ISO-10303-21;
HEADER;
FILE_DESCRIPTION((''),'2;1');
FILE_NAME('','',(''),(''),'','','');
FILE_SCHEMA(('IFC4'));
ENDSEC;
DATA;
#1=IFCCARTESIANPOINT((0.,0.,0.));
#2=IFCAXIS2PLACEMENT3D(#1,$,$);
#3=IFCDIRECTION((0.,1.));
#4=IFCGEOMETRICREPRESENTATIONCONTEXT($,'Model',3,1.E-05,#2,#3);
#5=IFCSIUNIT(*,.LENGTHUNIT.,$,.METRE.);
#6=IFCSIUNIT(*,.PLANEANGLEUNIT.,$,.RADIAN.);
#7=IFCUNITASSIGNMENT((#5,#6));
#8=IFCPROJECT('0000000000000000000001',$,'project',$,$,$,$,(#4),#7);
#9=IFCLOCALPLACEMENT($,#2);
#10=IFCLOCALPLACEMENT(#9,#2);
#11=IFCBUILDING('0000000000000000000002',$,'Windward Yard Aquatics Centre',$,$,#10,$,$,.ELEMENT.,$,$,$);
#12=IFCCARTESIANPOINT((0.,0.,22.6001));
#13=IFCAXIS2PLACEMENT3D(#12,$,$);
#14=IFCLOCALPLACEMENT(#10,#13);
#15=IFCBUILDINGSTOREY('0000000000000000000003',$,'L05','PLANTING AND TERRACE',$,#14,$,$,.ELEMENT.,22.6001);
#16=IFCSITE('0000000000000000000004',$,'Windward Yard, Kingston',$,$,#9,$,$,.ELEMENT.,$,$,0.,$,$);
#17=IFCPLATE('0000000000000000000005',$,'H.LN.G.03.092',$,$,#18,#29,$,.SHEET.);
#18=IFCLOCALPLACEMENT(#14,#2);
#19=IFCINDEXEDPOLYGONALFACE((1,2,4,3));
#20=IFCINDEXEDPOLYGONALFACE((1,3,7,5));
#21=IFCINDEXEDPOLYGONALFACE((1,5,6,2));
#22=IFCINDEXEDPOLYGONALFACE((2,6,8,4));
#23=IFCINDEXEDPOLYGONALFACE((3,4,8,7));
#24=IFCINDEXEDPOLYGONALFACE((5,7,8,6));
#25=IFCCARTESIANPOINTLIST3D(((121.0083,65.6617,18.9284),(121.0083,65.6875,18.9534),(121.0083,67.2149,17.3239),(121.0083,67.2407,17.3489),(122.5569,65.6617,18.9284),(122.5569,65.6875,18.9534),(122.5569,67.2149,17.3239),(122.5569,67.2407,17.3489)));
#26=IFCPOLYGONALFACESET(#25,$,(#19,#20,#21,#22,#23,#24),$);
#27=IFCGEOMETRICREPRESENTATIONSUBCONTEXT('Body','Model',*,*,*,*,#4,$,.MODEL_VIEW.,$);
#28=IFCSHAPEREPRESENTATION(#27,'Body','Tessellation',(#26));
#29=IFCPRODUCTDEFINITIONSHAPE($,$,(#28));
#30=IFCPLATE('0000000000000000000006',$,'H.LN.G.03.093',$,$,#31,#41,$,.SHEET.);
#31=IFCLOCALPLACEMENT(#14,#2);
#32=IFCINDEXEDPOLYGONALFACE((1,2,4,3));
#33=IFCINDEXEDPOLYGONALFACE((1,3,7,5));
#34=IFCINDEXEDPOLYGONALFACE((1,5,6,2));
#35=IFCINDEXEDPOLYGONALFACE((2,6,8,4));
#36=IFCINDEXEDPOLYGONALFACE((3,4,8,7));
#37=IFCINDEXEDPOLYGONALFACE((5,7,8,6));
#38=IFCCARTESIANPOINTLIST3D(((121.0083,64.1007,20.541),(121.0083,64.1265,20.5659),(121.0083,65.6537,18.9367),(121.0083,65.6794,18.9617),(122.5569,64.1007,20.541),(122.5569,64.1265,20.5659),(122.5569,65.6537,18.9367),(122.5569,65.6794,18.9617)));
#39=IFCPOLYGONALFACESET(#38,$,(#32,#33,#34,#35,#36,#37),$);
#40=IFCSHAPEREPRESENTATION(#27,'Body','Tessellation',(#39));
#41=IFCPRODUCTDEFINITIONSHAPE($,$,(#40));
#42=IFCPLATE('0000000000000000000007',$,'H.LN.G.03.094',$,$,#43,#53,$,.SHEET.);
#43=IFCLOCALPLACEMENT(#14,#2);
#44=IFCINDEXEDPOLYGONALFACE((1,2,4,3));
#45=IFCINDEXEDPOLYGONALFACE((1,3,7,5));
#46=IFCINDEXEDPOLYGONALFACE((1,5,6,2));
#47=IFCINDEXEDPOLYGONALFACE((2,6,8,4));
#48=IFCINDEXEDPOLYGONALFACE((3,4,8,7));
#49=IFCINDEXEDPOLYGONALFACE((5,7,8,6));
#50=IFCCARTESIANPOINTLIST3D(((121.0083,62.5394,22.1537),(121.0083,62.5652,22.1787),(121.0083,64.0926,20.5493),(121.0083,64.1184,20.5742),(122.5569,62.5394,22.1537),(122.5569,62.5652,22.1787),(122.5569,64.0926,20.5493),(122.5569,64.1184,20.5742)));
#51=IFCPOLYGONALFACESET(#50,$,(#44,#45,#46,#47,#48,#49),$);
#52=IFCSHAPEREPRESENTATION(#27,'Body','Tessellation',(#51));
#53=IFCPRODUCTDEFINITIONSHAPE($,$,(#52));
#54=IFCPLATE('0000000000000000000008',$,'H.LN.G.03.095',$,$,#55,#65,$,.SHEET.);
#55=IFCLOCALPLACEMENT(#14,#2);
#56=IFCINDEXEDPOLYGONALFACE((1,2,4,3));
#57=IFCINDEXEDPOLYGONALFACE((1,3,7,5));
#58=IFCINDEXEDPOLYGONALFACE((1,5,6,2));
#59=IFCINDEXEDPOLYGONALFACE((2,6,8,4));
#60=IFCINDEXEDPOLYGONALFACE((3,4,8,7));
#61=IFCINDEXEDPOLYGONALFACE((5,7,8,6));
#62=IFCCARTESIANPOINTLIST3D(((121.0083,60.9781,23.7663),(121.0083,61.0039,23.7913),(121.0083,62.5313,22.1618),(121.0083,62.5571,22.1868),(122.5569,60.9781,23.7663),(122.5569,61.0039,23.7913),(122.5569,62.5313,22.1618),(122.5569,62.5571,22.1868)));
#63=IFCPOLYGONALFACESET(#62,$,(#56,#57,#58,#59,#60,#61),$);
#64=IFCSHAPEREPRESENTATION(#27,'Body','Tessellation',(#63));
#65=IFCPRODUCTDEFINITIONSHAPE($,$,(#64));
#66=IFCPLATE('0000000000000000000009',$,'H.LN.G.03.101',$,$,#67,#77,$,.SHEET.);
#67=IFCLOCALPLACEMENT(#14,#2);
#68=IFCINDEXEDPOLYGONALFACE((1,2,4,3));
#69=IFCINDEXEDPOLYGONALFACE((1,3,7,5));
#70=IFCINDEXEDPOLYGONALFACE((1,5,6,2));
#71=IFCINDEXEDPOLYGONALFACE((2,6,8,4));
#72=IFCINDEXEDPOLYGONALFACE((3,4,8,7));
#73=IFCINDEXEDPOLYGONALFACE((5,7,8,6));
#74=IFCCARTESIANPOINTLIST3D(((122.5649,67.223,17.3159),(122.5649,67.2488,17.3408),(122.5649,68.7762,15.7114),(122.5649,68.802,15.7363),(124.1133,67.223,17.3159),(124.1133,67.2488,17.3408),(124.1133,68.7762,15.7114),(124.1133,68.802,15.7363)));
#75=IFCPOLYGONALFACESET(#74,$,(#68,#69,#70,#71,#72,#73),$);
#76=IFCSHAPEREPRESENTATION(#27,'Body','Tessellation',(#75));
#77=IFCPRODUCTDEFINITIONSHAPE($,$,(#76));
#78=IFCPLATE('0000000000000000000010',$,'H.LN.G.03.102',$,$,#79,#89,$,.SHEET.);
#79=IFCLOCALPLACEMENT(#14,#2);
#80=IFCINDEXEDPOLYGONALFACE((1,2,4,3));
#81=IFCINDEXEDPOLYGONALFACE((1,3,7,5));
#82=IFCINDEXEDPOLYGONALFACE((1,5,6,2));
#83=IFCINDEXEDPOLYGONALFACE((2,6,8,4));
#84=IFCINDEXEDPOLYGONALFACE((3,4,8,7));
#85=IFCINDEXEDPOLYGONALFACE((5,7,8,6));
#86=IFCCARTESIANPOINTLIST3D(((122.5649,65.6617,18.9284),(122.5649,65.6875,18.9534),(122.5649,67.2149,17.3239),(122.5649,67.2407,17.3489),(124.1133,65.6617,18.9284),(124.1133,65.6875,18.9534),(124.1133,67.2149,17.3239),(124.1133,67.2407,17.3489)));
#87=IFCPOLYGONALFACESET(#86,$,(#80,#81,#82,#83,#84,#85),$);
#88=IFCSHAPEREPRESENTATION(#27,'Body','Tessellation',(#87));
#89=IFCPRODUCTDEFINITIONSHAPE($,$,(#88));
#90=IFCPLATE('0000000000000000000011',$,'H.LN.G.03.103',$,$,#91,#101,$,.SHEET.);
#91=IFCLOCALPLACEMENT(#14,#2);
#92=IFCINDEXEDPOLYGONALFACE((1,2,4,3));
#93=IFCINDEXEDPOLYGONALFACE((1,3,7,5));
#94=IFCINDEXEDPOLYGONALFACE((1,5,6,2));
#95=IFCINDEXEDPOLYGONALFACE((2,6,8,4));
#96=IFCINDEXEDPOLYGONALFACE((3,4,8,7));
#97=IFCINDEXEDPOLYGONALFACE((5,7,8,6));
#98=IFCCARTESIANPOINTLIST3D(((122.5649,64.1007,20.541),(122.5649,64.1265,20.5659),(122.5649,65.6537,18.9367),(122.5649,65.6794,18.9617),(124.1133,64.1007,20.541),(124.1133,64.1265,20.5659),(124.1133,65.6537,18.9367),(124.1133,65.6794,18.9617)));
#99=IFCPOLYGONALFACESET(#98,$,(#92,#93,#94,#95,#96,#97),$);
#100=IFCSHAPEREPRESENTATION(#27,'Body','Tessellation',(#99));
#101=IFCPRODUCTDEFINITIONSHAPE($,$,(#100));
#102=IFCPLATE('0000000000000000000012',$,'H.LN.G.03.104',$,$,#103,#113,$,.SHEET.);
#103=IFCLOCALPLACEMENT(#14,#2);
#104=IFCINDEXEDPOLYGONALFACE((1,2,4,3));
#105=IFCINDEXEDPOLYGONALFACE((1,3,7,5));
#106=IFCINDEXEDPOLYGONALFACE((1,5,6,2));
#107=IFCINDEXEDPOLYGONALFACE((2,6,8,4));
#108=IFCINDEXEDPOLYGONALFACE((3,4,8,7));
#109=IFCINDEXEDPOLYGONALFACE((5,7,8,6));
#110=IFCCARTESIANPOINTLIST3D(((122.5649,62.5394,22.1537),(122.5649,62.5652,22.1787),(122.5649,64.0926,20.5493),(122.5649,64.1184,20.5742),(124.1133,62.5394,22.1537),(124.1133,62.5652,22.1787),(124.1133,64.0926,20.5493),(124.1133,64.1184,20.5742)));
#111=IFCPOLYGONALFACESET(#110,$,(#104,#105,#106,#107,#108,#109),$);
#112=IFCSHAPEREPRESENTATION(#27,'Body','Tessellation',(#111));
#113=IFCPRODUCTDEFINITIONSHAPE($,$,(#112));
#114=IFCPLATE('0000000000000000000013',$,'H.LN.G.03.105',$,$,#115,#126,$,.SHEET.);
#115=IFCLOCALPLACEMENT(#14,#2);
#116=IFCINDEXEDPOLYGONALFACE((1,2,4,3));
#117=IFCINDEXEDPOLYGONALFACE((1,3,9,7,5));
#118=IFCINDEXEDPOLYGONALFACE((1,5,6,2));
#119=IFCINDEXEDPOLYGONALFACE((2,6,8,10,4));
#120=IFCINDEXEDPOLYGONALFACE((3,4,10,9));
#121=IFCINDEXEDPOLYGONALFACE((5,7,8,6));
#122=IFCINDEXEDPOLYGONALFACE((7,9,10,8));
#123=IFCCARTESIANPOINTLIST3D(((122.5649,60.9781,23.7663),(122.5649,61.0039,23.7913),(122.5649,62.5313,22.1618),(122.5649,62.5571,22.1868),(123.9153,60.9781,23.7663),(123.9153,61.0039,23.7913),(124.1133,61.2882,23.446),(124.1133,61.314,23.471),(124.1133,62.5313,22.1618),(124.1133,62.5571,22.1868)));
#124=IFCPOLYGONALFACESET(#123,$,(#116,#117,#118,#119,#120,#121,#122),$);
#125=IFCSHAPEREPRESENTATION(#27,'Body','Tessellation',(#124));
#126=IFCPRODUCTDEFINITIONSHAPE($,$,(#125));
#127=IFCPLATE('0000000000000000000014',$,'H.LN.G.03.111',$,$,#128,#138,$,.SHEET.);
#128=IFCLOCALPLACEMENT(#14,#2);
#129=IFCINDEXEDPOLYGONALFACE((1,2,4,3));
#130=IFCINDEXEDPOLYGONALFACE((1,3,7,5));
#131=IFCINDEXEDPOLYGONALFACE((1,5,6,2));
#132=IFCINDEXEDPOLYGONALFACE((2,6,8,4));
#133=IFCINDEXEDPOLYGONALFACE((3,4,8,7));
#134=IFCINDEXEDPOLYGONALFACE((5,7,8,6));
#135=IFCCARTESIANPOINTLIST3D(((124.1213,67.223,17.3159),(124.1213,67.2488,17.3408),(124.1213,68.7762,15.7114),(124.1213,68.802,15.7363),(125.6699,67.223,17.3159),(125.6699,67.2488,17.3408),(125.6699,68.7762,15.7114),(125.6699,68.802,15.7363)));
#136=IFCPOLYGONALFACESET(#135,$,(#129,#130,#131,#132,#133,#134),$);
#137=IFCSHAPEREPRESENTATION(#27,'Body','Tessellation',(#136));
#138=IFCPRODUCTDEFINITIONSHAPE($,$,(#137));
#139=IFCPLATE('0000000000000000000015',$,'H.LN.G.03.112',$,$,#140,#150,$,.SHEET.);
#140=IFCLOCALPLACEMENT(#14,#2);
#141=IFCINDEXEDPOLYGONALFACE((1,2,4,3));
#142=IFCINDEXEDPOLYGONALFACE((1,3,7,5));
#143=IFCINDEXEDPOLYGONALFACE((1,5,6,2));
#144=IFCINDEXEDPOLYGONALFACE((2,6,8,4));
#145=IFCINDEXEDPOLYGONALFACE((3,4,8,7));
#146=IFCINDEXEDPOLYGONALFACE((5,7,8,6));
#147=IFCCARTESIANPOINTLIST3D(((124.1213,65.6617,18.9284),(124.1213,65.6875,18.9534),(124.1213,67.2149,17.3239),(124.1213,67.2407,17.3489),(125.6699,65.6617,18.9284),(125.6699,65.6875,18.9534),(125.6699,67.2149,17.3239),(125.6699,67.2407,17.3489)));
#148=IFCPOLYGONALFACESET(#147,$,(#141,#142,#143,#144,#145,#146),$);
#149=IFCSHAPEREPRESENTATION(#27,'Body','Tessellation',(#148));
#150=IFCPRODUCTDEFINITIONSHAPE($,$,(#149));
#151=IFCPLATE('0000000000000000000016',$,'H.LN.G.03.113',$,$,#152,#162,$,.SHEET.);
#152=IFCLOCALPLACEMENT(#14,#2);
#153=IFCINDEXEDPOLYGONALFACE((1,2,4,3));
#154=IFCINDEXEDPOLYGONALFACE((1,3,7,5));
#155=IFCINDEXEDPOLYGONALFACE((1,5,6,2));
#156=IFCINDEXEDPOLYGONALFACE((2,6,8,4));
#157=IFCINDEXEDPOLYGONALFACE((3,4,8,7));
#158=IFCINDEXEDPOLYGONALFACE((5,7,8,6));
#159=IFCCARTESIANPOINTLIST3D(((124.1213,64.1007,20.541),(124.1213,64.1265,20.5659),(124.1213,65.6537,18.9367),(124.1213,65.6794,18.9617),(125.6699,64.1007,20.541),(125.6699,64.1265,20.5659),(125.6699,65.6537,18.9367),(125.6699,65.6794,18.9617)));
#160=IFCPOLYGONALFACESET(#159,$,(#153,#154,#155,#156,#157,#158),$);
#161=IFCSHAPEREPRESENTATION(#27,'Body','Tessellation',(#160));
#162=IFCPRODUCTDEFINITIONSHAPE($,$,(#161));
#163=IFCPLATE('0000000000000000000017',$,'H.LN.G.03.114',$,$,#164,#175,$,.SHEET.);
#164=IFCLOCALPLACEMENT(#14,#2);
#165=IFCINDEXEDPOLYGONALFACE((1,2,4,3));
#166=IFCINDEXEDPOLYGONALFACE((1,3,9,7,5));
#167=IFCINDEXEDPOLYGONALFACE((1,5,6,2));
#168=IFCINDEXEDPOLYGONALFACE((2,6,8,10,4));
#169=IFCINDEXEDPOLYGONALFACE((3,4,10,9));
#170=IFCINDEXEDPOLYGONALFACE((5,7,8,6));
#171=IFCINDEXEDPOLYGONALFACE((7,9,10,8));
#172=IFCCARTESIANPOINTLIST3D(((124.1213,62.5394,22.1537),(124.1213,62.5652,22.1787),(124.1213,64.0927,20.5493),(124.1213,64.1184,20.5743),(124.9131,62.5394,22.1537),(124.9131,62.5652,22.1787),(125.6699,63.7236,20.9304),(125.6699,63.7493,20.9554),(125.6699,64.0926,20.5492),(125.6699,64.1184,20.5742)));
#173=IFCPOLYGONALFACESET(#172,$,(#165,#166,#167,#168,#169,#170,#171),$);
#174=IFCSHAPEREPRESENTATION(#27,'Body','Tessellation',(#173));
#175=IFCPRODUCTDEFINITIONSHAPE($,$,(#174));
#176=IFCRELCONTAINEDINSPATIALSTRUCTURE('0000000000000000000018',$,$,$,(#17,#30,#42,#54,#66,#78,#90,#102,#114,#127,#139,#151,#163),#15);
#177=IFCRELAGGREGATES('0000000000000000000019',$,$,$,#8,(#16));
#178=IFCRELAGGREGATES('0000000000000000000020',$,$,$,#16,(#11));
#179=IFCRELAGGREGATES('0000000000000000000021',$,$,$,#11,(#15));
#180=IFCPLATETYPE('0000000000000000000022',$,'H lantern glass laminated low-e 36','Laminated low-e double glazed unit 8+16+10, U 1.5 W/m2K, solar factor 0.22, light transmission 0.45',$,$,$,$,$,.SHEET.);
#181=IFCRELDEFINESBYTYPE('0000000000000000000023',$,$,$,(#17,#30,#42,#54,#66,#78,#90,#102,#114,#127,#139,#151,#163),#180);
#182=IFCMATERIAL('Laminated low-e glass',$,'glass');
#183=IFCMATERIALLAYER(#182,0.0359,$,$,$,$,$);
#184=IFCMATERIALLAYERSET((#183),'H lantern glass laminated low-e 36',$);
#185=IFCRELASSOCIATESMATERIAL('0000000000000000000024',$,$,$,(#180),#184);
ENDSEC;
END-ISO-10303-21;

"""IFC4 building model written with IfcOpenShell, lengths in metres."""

from ifc_helpers import new_model, si_unit, direction, frame, origin, place, context, subcontext, project, spatial, polyline, outline, extrude, material, layer, layer_set, type_object, element, save


model = new_model("IFC4")

# Units and contexts
model_context = context("Model", 3, precision=1e-05, world=origin(), true_north=direction((0.0, 1.0)))
body_context = subcontext(model_context, "Body", "Model", "MODEL_VIEW")
ifc_project = project(units=[si_unit("LENGTHUNIT", "METRE"), si_unit("PLANEANGLEUNIT", "RADIAN")], contexts=[model_context])

# Site, building, storey
site_placement = place(None, origin())
site = spatial("IfcSite", under=ifc_project, at=site_placement, Name="Windward Yard, Kingston", CompositionType="ELEMENT", RefElevation=0.0)
building_placement = place(site_placement, origin())
building = spatial("IfcBuilding", under=site, at=building_placement, Name="Windward Yard Aquatics Centre", CompositionType="ELEMENT")
storey_placement = place(building_placement, frame((0.0, 0.0, 22.6001)))
storey = spatial("IfcBuildingStorey", under=building, at=storey_placement, Name="L05", Description="PLANTING AND TERRACE", CompositionType="ELEMENT", Elevation=22.6001)

# Plates
ifc_material_1 = material(Name="Laminated low-e glass", Category="glass")
ifc_layer = layer(ifc_material_1, 0.0359)
ifc_layer_set = layer_set([ifc_layer], Name="H lantern glass laminated low-e 36")
plate_type = type_object("IfcPlateType", Name="H lantern glass laminated low-e 36", Description="Laminated low-e double glazed unit 8+16+10, U 1.5 W/m2K, solar factor 0.22, light transmission 0.45", PredefinedType="SHEET", material=ifc_layer_set)
for number, where, z_axis, x_axis, name in (
    (1, (121.0083, 65.6875, 18.9534), (0.0, 0.718493, 0.695534), (0.0, 0.695534, -0.718493), "H.LN.G.03.092"),
):
    element("IfcPlate", number, at=place(storey_placement, frame(where, z_axis=z_axis, x_axis=x_axis)), inside=storey, type_object=plate_type, Name=name, PredefinedType="SHEET", context=body_context, shape_type="SweptSolid", body=[
        extrude(outline(polyline([(0.0, 0.0), (2.2331, 0.0), (2.2331, -1.5486), (0.0, -1.5486), (0.0, 0.0)])), origin(), (0.0, 0.0, -1.0), 0.0359),
    ])
plate_1_placement = place(storey_placement, frame((121.0083, 64.1265, 20.5659), z_axis=(0.0, 0.718495, 0.695533), x_axis=(0.0, 0.695533, -0.718495)))
element("IfcPlate", 2, at=plate_1_placement, inside=storey, type_object=plate_type, Name="H.LN.G.03.093", PredefinedType="SHEET", context=body_context, shape_type="SweptSolid", body=[
    extrude(outline(polyline([(0.0, 0.0), (2.2328, 0.0), (2.2328, -1.5486), (0.0, -1.5486), (0.0, 0.0)])), origin(), (0.0, 0.0, -1.0), 0.0359),
])
for number, where, z_axis, x_axis, name in (
    (3, (121.0083, 62.5652, 22.1787), (0.0, 0.718493, 0.695534), (0.0, 0.695534, -0.718493), "H.LN.G.03.094"),
    (4, (121.0083, 61.0039, 23.7913), (0.0, 0.718493, 0.695534), (0.0, 0.695534, -0.718493), "H.LN.G.03.095"),
):
    element("IfcPlate", number, at=place(storey_placement, frame(where, z_axis=z_axis, x_axis=x_axis)), inside=storey, type_object=plate_type, Name=name, PredefinedType="SHEET", context=body_context, shape_type="SweptSolid", body=[
        extrude(outline(polyline([(0.0, 0.0), (2.2331, 0.0), (2.2331, -1.5486), (0.0, -1.5486), (0.0, 0.0)])), origin(), (0.0, 0.0, -1.0), 0.0359),
    ])
for number, where, z_axis, x_axis, name in (
    (5, (122.5649, 67.2488, 17.3408), (0.0, 0.718493, 0.695534), (0.0, 0.695534, -0.718493), "H.LN.G.03.101"),
    (6, (122.5649, 65.6875, 18.9534), (0.0, 0.718493, 0.695534), (0.0, 0.695534, -0.718493), "H.LN.G.03.102"),
):
    element("IfcPlate", number, at=place(storey_placement, frame(where, z_axis=z_axis, x_axis=x_axis)), inside=storey, type_object=plate_type, Name=name, PredefinedType="SHEET", context=body_context, shape_type="SweptSolid", body=[
        extrude(outline(polyline([(0.0, 0.0), (2.2331, 0.0), (2.2331, -1.5483), (0.0, -1.5483), (0.0, 0.0)])), origin(), (0.0, 0.0, -1.0), 0.0359),
    ])
plate_2_placement = place(storey_placement, frame((122.5649, 64.1265, 20.5659), z_axis=(0.0, 0.718495, 0.695533), x_axis=(0.0, 0.695533, -0.718495)))
element("IfcPlate", 7, at=plate_2_placement, inside=storey, type_object=plate_type, Name="H.LN.G.03.103", PredefinedType="SHEET", context=body_context, shape_type="SweptSolid", body=[
    extrude(outline(polyline([(0.0, 0.0), (2.2328, 0.0), (2.2328, -1.5483), (0.0, -1.5483), (0.0, 0.0)])), origin(), (0.0, 0.0, -1.0), 0.0359),
])
plate_3_placement = place(storey_placement, frame((122.5649, 62.5652, 22.1787), z_axis=(0.0, 0.718493, 0.695534), x_axis=(0.0, 0.695534, -0.718493)))
element("IfcPlate", 8, at=plate_3_placement, inside=storey, type_object=plate_type, Name="H.LN.G.03.104", PredefinedType="SHEET", context=body_context, shape_type="SweptSolid", body=[
    extrude(outline(polyline([(0.0, 0.0), (2.2331, 0.0), (2.2331, -1.5483), (0.0, -1.5483), (0.0, 0.0)])), origin(), (0.0, 0.0, -1.0), 0.0359),
])
plate_4_placement = place(storey_placement, frame((122.5649, 61.0039, 23.7913), z_axis=(0.000004, 0.718493, 0.695535), x_axis=(0.0, 0.695535, -0.718493)))
element("IfcPlate", 9, at=plate_4_placement, inside=storey, type_object=plate_type, Name="H.LN.G.03.105", PredefinedType="SHEET", context=body_context, shape_type="SweptSolid", body=[
    extrude(outline(polyline([(0.0, 0.0), (2.2331, 0.0), (2.2331, -1.5483), (0.4458, -1.5483), (0.0, -1.3503), (0.0, 0.0)])), origin(), (0.0, 0.0, -1.0), 0.0359),
])
for number, where, z_axis, x_axis, name in (
    (10, (124.1213, 67.2488, 17.3408), (0.0, 0.718493, 0.695534), (0.0, 0.695534, -0.718493), "H.LN.G.03.111"),
    (11, (124.1213, 65.6875, 18.9534), (0.0, 0.718493, 0.695534), (0.0, 0.695534, -0.718493), "H.LN.G.03.112"),
):
    element("IfcPlate", number, at=place(storey_placement, frame(where, z_axis=z_axis, x_axis=x_axis)), inside=storey, type_object=plate_type, Name=name, PredefinedType="SHEET", context=body_context, shape_type="SweptSolid", body=[
        extrude(outline(polyline([(0.0, 0.0), (2.2331, 0.0), (2.2331, -1.5486), (0.0, -1.5486), (0.0, 0.0)])), origin(), (0.0, 0.0, -1.0), 0.0359),
    ])
plate_5_placement = place(storey_placement, frame((124.1213, 64.1265, 20.5659), z_axis=(0.0, 0.718495, 0.695533), x_axis=(0.0, 0.695533, -0.718495)))
element("IfcPlate", 12, at=plate_5_placement, inside=storey, type_object=plate_type, Name="H.LN.G.03.113", PredefinedType="SHEET", context=body_context, shape_type="SweptSolid", body=[
    extrude(outline(polyline([(0.0, 0.0), (2.2328, 0.0), (2.2328, -1.5486), (0.0, -1.5486), (0.0, 0.0)])), origin(), (0.0, 0.0, -1.0), 0.0359),
])
plate_6_placement = place(storey_placement, frame((124.1213, 62.5652, 22.1787), z_axis=(0.000061, 0.718478, 0.695549), x_axis=(0.0, 0.695549, -0.718478)))
element("IfcPlate", 13, at=plate_6_placement, inside=storey, type_object=plate_type, Name="H.LN.G.03.114", PredefinedType="SHEET", context=body_context, shape_type="SweptSolid", body=[
    extrude(outline(polyline([(0.0, 0.0), (2.2331, 0.0), (2.2331, -1.5486), (1.7026, -1.5486), (0.0, -0.7917), (0.0, 0.0)])), origin(), (0.0, 0.0, -1.0), 0.0359),
])

save(model, "model.ifc")
